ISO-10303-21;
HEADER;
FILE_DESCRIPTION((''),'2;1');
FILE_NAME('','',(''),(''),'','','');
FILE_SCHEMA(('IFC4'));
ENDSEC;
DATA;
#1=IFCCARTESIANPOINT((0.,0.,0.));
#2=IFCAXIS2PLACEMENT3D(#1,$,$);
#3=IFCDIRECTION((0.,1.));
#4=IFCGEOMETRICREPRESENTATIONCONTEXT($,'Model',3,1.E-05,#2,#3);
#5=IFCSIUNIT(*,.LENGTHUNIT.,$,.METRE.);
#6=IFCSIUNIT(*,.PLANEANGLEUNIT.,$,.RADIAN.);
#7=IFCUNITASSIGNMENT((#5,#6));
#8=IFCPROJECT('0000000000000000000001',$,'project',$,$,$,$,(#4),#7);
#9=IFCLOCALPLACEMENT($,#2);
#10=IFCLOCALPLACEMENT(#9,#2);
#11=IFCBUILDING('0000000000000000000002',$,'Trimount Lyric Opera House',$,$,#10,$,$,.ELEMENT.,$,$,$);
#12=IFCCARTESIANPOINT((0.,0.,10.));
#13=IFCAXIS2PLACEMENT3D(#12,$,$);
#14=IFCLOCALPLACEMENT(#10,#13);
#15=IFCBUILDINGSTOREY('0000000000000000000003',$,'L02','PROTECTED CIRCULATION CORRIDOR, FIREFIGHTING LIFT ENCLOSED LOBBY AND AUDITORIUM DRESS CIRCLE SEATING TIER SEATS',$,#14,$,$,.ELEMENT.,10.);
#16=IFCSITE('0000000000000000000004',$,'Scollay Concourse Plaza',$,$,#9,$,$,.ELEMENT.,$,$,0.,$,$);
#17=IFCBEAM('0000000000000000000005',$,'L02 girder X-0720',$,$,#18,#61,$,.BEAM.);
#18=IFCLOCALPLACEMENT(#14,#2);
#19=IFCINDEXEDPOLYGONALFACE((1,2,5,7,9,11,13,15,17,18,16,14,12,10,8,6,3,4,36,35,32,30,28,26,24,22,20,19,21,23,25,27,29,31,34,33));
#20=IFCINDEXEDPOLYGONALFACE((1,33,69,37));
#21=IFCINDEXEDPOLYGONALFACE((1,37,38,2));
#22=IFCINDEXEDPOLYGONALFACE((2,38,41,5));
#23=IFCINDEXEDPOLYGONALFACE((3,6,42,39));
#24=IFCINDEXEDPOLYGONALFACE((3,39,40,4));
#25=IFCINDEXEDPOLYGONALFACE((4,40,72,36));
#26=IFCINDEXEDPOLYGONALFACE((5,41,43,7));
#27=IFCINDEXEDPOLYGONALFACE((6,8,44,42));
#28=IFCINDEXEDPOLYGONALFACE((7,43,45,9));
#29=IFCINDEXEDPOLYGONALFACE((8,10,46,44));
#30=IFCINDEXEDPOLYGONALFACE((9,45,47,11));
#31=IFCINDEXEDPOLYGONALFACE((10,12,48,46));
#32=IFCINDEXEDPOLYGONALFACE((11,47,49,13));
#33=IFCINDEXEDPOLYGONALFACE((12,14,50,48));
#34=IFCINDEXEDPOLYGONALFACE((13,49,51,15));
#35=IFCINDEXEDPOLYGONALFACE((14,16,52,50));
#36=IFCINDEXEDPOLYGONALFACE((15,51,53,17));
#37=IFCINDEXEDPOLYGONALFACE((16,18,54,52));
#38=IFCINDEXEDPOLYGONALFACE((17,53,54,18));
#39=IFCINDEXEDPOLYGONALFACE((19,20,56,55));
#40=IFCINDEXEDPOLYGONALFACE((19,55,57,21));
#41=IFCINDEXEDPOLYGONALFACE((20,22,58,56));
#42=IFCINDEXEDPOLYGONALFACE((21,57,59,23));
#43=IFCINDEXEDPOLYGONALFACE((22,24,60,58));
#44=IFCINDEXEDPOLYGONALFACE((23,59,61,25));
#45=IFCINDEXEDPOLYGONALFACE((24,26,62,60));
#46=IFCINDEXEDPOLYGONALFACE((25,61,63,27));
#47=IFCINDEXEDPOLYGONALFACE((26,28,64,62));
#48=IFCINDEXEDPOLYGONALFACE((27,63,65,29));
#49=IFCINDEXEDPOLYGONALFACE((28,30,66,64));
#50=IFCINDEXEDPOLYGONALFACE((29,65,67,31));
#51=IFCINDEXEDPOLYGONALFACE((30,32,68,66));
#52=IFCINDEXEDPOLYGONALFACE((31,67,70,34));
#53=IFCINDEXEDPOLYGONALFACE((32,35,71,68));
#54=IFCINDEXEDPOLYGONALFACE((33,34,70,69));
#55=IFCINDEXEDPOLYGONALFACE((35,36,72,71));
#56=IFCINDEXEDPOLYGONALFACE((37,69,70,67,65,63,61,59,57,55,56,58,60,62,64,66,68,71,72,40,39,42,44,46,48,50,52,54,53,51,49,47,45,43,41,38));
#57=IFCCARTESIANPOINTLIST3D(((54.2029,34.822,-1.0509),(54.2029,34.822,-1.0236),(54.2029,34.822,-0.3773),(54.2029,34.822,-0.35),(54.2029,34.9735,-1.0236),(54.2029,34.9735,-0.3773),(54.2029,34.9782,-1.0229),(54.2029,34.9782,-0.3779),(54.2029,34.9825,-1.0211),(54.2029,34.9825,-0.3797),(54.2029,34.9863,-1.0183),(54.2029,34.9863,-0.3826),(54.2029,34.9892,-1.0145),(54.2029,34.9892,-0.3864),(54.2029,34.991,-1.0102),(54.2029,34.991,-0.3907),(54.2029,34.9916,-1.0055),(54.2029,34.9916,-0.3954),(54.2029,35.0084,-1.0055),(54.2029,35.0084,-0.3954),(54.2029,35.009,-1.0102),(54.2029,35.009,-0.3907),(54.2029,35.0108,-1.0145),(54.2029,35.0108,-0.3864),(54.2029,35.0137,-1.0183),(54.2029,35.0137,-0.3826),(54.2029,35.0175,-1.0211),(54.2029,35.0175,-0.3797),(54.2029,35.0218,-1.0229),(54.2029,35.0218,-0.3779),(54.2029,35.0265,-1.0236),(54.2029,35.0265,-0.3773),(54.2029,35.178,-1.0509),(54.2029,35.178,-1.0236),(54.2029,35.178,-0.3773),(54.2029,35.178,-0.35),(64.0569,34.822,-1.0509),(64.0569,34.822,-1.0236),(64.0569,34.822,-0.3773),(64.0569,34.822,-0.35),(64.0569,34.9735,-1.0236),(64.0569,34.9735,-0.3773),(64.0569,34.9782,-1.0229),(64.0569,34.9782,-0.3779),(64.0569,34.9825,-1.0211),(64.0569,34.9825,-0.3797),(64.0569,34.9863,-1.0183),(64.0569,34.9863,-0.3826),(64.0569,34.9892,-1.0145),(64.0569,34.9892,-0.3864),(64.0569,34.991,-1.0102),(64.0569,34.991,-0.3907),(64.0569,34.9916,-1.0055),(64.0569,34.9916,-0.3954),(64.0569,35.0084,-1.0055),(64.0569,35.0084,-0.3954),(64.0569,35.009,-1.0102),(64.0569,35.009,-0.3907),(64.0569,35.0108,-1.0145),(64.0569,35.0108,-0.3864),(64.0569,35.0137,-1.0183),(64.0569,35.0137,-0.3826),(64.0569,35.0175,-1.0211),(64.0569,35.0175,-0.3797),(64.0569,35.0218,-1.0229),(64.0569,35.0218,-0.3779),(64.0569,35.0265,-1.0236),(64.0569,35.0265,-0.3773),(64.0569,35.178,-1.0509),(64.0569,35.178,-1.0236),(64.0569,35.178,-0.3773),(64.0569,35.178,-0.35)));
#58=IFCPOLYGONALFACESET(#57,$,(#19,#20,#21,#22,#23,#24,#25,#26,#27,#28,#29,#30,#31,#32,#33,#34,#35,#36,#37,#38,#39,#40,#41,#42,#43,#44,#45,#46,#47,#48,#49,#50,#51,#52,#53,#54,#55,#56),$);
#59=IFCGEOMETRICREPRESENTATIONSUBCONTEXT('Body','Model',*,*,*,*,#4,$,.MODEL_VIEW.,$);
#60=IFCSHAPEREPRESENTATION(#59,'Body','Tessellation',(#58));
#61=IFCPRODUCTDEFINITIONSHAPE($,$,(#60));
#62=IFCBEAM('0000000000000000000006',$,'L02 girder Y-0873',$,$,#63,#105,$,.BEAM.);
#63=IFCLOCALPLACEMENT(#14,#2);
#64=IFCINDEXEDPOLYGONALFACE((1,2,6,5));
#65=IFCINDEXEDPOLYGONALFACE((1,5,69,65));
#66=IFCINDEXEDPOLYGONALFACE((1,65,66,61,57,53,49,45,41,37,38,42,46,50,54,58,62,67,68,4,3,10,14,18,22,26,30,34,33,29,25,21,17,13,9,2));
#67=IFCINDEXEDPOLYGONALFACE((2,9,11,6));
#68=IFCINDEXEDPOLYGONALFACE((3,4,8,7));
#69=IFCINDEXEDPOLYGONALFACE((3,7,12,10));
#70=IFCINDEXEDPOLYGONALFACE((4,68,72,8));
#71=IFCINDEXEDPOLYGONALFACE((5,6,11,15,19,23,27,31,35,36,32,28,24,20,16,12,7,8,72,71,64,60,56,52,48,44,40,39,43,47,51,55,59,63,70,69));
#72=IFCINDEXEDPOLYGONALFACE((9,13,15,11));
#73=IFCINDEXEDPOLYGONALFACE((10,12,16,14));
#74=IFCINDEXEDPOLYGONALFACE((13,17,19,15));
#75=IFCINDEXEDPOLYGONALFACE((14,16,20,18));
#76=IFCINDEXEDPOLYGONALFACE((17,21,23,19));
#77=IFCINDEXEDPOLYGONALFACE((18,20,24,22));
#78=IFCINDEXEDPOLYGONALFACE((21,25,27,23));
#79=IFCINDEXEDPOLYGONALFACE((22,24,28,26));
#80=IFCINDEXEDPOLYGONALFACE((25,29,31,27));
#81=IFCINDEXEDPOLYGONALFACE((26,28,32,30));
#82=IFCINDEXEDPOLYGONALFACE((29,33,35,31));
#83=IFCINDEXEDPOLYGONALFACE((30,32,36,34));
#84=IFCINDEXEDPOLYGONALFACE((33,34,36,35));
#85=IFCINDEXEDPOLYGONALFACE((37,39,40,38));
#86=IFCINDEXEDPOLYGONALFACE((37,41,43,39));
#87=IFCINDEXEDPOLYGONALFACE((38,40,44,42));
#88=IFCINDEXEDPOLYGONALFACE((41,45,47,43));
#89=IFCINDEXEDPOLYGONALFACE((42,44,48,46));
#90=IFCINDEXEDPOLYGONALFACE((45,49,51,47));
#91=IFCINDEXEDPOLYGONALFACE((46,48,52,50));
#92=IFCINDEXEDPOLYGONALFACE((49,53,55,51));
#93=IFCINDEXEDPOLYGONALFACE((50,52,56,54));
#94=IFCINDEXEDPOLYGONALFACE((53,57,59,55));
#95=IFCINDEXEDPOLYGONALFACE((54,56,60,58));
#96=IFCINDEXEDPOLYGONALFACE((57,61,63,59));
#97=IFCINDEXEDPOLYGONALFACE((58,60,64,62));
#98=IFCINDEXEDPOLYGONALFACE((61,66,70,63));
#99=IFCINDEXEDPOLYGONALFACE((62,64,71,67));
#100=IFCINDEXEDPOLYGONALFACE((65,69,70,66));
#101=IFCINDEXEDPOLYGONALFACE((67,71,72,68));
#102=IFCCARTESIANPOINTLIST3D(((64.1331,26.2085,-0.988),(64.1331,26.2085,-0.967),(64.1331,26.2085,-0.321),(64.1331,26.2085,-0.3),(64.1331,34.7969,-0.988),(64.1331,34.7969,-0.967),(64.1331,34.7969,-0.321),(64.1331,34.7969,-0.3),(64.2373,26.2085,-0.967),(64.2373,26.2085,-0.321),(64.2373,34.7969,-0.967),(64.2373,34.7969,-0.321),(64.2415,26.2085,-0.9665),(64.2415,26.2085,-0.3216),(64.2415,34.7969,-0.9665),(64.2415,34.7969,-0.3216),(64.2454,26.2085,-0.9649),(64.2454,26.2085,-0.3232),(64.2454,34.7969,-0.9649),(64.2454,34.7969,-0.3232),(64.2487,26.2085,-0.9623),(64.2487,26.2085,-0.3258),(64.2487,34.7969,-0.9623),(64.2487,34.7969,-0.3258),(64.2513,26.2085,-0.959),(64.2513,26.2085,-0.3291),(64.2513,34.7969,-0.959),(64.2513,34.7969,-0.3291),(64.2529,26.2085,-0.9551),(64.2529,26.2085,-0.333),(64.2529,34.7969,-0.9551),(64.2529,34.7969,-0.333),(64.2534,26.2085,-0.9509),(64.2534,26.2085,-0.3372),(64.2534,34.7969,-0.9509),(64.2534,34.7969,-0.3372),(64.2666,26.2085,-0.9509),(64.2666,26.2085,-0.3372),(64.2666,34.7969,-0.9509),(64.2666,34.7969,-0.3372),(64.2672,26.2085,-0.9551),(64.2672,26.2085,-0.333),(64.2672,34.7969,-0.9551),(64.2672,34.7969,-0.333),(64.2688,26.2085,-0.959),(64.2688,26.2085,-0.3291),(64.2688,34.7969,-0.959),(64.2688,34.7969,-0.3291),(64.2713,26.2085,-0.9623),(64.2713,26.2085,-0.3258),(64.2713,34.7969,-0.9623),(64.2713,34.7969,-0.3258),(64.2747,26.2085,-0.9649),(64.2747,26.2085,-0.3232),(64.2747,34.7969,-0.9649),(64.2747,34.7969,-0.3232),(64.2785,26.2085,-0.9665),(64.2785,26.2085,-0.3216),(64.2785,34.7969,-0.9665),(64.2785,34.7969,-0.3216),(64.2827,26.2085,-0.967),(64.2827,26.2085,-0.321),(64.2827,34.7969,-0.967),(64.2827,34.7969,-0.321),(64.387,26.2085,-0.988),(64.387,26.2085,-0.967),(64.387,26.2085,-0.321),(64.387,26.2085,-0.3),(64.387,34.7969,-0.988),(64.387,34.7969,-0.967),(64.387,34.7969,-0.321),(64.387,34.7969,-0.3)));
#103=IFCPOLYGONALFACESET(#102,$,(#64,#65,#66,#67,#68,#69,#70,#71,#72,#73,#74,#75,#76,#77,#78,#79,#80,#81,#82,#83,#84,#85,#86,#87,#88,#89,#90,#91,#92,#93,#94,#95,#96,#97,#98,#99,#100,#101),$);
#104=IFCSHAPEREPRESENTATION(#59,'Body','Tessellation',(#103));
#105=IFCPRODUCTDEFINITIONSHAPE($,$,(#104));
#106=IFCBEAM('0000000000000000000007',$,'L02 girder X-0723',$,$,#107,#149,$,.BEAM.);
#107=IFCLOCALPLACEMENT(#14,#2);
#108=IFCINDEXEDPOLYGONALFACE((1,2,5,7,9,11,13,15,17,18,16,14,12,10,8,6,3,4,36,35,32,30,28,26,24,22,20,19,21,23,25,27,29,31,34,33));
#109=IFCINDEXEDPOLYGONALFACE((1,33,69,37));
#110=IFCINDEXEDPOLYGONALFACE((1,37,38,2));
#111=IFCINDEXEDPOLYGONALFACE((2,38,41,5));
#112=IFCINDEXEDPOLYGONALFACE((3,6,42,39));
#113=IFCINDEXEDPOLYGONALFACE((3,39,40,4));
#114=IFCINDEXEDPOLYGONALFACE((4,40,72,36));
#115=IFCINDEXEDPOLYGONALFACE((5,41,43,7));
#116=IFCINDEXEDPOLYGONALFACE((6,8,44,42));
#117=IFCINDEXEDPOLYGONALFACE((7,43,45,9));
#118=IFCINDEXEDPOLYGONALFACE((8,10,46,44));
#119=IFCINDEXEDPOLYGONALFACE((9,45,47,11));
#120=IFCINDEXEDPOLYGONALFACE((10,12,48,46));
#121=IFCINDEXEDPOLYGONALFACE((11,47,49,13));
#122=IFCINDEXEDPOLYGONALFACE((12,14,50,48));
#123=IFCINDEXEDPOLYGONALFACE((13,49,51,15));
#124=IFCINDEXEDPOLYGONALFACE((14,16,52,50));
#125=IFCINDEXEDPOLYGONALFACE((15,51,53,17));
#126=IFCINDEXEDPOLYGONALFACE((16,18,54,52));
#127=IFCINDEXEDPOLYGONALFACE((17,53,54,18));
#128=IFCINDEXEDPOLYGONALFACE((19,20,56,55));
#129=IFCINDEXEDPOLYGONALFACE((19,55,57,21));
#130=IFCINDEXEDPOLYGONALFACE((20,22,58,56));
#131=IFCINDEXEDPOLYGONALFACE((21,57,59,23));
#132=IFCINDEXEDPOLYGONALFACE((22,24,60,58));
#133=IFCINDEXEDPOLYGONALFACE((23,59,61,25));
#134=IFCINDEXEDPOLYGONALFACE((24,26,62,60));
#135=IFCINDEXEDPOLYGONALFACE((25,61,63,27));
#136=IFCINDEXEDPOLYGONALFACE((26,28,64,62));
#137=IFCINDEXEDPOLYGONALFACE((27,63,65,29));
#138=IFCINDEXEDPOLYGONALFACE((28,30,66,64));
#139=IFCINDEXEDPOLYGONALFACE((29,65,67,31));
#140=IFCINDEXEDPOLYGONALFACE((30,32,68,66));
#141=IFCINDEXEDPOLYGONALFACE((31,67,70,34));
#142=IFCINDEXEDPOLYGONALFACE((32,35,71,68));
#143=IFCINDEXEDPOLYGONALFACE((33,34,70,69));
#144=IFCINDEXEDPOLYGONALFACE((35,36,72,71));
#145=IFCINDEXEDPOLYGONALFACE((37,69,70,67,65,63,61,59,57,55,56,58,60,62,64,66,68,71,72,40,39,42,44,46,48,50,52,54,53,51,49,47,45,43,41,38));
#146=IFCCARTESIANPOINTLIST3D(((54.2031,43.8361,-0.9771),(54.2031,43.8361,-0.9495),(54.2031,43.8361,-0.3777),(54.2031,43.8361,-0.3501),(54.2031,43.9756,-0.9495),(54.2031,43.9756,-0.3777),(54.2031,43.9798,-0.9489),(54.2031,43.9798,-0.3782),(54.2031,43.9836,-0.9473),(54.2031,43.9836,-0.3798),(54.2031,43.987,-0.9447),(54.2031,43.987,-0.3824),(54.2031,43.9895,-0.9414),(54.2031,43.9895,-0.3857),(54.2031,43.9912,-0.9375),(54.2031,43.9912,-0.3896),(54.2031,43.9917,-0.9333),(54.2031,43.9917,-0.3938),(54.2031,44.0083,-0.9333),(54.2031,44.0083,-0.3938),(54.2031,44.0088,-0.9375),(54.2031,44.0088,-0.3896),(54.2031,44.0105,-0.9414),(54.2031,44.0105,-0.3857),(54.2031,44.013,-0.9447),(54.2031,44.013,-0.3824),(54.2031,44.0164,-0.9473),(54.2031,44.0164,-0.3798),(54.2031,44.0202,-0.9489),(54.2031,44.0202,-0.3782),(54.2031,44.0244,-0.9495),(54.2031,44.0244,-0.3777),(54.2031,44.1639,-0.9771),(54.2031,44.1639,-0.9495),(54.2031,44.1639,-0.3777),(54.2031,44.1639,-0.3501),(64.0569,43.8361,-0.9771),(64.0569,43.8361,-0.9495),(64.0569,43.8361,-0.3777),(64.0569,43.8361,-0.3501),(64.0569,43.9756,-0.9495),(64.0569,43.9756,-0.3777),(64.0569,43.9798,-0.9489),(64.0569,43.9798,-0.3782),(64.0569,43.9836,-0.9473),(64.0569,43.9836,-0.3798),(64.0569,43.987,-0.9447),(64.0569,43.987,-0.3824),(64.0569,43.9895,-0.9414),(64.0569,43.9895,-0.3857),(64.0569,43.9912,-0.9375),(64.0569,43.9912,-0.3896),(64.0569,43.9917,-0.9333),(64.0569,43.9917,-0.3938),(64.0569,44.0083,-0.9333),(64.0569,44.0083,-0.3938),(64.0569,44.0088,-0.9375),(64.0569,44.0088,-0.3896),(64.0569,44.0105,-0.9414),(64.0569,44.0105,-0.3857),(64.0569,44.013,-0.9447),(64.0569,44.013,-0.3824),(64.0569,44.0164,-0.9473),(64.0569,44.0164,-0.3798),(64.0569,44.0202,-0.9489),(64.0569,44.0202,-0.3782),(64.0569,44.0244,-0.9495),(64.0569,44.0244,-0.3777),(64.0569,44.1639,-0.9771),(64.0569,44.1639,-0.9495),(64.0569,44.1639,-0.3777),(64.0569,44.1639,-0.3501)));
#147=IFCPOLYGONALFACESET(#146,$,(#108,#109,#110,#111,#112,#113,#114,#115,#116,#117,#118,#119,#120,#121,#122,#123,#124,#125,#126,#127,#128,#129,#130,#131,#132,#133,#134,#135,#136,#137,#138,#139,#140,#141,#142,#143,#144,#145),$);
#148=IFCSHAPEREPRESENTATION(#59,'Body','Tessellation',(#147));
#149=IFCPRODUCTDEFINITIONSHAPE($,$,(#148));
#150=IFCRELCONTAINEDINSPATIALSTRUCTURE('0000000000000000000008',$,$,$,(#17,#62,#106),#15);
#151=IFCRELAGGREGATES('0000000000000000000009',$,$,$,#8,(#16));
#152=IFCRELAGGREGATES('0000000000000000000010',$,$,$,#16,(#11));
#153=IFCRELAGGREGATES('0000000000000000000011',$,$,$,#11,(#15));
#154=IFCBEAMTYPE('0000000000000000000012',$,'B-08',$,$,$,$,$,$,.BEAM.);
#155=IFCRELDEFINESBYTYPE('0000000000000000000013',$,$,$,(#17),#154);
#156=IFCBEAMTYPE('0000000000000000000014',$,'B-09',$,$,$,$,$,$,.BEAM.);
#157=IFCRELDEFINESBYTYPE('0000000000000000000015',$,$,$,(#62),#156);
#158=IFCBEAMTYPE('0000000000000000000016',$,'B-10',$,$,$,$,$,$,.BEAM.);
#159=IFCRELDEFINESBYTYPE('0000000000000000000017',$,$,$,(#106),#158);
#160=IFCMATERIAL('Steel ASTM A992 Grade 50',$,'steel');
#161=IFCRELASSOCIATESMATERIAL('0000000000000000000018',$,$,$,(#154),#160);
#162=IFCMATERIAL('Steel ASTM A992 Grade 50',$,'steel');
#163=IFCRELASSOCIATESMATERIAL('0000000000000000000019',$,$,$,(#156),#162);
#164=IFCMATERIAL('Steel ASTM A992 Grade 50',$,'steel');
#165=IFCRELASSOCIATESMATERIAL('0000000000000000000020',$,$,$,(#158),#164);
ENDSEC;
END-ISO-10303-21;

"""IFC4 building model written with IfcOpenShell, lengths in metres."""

from ifc_helpers import new_model, si_unit, direction, frame, origin, origin_2d, place, context, subcontext, project, spatial, i_section, extrude, material, material_profile, profile_set, type_object, element, save


model = new_model("IFC4")

# Units and contexts
model_context = context("Model", 3, precision=1e-05, world=origin(), true_north=direction((0.0, 1.0)))
body_context = subcontext(model_context, "Body", "Model", "MODEL_VIEW")
ifc_project = project(units=[si_unit("LENGTHUNIT", "METRE"), si_unit("PLANEANGLEUNIT", "RADIAN")], contexts=[model_context])

# Site, building, storey
site_placement = place(None, origin())
site = spatial("IfcSite", under=ifc_project, at=site_placement, Name="Scollay Concourse Plaza", CompositionType="ELEMENT", RefElevation=0.0)
building_placement = place(site_placement, origin())
building = spatial("IfcBuilding", under=site, at=building_placement, Name="Trimount Lyric Opera House", CompositionType="ELEMENT")
storey_placement = place(building_placement, frame((0.0, 0.0, 10.0)))
storey = spatial("IfcBuildingStorey", under=building, at=storey_placement, Name="L02", Description="PROTECTED CIRCULATION CORRIDOR, FIREFIGHTING LIFT ENCLOSED LOBBY AND AUDITORIUM DRESS CIRCLE SEATING TIER SEATS", CompositionType="ELEMENT", Elevation=10.0)

# Beams
ifc_material_1 = material(Name="Steel ASTM A992 Grade 50", Category="steel")
ifc_material_profile_1 = material_profile(ifc_material_1, i_section(OverallWidth=0.356, OverallDepth=0.7009, WebThickness=0.0168, FlangeThickness=0.0273, FilletRadius=0.0181, at=origin_2d()), Name="W27X161")
ifc_profile_set_1 = profile_set([ifc_material_profile_1], Name="Steel ASTM A992 Grade 50")
beam_type_1 = type_object("IfcBeamType", Name="B-08", PredefinedType="BEAM", material=ifc_profile_set_1)
beam_1_placement = place(storey_placement, frame((54.2029, 35.0, -0.7004), z_axis=(1.0, 0.0, 0.0), x_axis=(0.0, 1.0, 0.0)))
element("IfcBeam", 1, at=beam_1_placement, inside=storey, type_object=beam_type_1, Name="L02 girder X-0720", PredefinedType="BEAM", context=body_context, shape_type="SweptSolid", body=[
    extrude(i_section(OverallWidth=0.356, OverallDepth=0.7009, WebThickness=0.0168, FlangeThickness=0.0273, FilletRadius=0.0181, at=origin_2d()), origin(), (0.0, 0.0, 1.0), 9.854),
])
ifc_material_2 = material(Name="Steel ASTM A992 Grade 50", Category="steel")
ifc_material_profile_2 = material_profile(ifc_material_2, i_section(OverallWidth=0.2539, OverallDepth=0.688, WebThickness=0.0132, FlangeThickness=0.021, FilletRadius=0.0161, at=origin_2d()), Name="W27X102")
ifc_profile_set_2 = profile_set([ifc_material_profile_2], Name="Steel ASTM A992 Grade 50")
beam_type_2 = type_object("IfcBeamType", Name="B-09", PredefinedType="BEAM", material=ifc_profile_set_2)
beam_2_placement = place(storey_placement, frame((64.26, 26.2085, -0.644), z_axis=(0.0, 1.0, 0.0), x_axis=(-1.0, 0.0, 0.0)))
element("IfcBeam", 2, at=beam_2_placement, inside=storey, type_object=beam_type_2, Name="L02 girder Y-0873", PredefinedType="BEAM", context=body_context, shape_type="SweptSolid", body=[
    extrude(i_section(OverallWidth=0.2539, OverallDepth=0.688, WebThickness=0.0132, FlangeThickness=0.021, FilletRadius=0.0161, at=origin_2d()), origin(), (0.0, 0.0, 1.0), 8.5884),
])
ifc_material_3 = material(Name="Steel ASTM A992 Grade 50", Category="steel")
ifc_material_profile_3 = material_profile(ifc_material_3, i_section(OverallWidth=0.3279, OverallDepth=0.627, WebThickness=0.0166, FlangeThickness=0.0276, FilletRadius=0.0161, at=origin_2d()), Name="W24X146")
ifc_profile_set_3 = profile_set([ifc_material_profile_3], Name="Steel ASTM A992 Grade 50")
beam_type_3 = type_object("IfcBeamType", Name="B-10", PredefinedType="BEAM", material=ifc_profile_set_3)
beam_3_placement = place(storey_placement, frame((54.2031, 44.0, -0.6636), z_axis=(1.0, 0.0, 0.0), x_axis=(0.0, 1.0, 0.0)))
element("IfcBeam", 3, at=beam_3_placement, inside=storey, type_object=beam_type_3, Name="L02 girder X-0723", PredefinedType="BEAM", context=body_context, shape_type="SweptSolid", body=[
    extrude(i_section(OverallWidth=0.3279, OverallDepth=0.627, WebThickness=0.0166, FlangeThickness=0.0276, FilletRadius=0.0161, at=origin_2d()), origin(), (0.0, 0.0, 1.0), 9.8538),
])

save(model, "model.ifc")
